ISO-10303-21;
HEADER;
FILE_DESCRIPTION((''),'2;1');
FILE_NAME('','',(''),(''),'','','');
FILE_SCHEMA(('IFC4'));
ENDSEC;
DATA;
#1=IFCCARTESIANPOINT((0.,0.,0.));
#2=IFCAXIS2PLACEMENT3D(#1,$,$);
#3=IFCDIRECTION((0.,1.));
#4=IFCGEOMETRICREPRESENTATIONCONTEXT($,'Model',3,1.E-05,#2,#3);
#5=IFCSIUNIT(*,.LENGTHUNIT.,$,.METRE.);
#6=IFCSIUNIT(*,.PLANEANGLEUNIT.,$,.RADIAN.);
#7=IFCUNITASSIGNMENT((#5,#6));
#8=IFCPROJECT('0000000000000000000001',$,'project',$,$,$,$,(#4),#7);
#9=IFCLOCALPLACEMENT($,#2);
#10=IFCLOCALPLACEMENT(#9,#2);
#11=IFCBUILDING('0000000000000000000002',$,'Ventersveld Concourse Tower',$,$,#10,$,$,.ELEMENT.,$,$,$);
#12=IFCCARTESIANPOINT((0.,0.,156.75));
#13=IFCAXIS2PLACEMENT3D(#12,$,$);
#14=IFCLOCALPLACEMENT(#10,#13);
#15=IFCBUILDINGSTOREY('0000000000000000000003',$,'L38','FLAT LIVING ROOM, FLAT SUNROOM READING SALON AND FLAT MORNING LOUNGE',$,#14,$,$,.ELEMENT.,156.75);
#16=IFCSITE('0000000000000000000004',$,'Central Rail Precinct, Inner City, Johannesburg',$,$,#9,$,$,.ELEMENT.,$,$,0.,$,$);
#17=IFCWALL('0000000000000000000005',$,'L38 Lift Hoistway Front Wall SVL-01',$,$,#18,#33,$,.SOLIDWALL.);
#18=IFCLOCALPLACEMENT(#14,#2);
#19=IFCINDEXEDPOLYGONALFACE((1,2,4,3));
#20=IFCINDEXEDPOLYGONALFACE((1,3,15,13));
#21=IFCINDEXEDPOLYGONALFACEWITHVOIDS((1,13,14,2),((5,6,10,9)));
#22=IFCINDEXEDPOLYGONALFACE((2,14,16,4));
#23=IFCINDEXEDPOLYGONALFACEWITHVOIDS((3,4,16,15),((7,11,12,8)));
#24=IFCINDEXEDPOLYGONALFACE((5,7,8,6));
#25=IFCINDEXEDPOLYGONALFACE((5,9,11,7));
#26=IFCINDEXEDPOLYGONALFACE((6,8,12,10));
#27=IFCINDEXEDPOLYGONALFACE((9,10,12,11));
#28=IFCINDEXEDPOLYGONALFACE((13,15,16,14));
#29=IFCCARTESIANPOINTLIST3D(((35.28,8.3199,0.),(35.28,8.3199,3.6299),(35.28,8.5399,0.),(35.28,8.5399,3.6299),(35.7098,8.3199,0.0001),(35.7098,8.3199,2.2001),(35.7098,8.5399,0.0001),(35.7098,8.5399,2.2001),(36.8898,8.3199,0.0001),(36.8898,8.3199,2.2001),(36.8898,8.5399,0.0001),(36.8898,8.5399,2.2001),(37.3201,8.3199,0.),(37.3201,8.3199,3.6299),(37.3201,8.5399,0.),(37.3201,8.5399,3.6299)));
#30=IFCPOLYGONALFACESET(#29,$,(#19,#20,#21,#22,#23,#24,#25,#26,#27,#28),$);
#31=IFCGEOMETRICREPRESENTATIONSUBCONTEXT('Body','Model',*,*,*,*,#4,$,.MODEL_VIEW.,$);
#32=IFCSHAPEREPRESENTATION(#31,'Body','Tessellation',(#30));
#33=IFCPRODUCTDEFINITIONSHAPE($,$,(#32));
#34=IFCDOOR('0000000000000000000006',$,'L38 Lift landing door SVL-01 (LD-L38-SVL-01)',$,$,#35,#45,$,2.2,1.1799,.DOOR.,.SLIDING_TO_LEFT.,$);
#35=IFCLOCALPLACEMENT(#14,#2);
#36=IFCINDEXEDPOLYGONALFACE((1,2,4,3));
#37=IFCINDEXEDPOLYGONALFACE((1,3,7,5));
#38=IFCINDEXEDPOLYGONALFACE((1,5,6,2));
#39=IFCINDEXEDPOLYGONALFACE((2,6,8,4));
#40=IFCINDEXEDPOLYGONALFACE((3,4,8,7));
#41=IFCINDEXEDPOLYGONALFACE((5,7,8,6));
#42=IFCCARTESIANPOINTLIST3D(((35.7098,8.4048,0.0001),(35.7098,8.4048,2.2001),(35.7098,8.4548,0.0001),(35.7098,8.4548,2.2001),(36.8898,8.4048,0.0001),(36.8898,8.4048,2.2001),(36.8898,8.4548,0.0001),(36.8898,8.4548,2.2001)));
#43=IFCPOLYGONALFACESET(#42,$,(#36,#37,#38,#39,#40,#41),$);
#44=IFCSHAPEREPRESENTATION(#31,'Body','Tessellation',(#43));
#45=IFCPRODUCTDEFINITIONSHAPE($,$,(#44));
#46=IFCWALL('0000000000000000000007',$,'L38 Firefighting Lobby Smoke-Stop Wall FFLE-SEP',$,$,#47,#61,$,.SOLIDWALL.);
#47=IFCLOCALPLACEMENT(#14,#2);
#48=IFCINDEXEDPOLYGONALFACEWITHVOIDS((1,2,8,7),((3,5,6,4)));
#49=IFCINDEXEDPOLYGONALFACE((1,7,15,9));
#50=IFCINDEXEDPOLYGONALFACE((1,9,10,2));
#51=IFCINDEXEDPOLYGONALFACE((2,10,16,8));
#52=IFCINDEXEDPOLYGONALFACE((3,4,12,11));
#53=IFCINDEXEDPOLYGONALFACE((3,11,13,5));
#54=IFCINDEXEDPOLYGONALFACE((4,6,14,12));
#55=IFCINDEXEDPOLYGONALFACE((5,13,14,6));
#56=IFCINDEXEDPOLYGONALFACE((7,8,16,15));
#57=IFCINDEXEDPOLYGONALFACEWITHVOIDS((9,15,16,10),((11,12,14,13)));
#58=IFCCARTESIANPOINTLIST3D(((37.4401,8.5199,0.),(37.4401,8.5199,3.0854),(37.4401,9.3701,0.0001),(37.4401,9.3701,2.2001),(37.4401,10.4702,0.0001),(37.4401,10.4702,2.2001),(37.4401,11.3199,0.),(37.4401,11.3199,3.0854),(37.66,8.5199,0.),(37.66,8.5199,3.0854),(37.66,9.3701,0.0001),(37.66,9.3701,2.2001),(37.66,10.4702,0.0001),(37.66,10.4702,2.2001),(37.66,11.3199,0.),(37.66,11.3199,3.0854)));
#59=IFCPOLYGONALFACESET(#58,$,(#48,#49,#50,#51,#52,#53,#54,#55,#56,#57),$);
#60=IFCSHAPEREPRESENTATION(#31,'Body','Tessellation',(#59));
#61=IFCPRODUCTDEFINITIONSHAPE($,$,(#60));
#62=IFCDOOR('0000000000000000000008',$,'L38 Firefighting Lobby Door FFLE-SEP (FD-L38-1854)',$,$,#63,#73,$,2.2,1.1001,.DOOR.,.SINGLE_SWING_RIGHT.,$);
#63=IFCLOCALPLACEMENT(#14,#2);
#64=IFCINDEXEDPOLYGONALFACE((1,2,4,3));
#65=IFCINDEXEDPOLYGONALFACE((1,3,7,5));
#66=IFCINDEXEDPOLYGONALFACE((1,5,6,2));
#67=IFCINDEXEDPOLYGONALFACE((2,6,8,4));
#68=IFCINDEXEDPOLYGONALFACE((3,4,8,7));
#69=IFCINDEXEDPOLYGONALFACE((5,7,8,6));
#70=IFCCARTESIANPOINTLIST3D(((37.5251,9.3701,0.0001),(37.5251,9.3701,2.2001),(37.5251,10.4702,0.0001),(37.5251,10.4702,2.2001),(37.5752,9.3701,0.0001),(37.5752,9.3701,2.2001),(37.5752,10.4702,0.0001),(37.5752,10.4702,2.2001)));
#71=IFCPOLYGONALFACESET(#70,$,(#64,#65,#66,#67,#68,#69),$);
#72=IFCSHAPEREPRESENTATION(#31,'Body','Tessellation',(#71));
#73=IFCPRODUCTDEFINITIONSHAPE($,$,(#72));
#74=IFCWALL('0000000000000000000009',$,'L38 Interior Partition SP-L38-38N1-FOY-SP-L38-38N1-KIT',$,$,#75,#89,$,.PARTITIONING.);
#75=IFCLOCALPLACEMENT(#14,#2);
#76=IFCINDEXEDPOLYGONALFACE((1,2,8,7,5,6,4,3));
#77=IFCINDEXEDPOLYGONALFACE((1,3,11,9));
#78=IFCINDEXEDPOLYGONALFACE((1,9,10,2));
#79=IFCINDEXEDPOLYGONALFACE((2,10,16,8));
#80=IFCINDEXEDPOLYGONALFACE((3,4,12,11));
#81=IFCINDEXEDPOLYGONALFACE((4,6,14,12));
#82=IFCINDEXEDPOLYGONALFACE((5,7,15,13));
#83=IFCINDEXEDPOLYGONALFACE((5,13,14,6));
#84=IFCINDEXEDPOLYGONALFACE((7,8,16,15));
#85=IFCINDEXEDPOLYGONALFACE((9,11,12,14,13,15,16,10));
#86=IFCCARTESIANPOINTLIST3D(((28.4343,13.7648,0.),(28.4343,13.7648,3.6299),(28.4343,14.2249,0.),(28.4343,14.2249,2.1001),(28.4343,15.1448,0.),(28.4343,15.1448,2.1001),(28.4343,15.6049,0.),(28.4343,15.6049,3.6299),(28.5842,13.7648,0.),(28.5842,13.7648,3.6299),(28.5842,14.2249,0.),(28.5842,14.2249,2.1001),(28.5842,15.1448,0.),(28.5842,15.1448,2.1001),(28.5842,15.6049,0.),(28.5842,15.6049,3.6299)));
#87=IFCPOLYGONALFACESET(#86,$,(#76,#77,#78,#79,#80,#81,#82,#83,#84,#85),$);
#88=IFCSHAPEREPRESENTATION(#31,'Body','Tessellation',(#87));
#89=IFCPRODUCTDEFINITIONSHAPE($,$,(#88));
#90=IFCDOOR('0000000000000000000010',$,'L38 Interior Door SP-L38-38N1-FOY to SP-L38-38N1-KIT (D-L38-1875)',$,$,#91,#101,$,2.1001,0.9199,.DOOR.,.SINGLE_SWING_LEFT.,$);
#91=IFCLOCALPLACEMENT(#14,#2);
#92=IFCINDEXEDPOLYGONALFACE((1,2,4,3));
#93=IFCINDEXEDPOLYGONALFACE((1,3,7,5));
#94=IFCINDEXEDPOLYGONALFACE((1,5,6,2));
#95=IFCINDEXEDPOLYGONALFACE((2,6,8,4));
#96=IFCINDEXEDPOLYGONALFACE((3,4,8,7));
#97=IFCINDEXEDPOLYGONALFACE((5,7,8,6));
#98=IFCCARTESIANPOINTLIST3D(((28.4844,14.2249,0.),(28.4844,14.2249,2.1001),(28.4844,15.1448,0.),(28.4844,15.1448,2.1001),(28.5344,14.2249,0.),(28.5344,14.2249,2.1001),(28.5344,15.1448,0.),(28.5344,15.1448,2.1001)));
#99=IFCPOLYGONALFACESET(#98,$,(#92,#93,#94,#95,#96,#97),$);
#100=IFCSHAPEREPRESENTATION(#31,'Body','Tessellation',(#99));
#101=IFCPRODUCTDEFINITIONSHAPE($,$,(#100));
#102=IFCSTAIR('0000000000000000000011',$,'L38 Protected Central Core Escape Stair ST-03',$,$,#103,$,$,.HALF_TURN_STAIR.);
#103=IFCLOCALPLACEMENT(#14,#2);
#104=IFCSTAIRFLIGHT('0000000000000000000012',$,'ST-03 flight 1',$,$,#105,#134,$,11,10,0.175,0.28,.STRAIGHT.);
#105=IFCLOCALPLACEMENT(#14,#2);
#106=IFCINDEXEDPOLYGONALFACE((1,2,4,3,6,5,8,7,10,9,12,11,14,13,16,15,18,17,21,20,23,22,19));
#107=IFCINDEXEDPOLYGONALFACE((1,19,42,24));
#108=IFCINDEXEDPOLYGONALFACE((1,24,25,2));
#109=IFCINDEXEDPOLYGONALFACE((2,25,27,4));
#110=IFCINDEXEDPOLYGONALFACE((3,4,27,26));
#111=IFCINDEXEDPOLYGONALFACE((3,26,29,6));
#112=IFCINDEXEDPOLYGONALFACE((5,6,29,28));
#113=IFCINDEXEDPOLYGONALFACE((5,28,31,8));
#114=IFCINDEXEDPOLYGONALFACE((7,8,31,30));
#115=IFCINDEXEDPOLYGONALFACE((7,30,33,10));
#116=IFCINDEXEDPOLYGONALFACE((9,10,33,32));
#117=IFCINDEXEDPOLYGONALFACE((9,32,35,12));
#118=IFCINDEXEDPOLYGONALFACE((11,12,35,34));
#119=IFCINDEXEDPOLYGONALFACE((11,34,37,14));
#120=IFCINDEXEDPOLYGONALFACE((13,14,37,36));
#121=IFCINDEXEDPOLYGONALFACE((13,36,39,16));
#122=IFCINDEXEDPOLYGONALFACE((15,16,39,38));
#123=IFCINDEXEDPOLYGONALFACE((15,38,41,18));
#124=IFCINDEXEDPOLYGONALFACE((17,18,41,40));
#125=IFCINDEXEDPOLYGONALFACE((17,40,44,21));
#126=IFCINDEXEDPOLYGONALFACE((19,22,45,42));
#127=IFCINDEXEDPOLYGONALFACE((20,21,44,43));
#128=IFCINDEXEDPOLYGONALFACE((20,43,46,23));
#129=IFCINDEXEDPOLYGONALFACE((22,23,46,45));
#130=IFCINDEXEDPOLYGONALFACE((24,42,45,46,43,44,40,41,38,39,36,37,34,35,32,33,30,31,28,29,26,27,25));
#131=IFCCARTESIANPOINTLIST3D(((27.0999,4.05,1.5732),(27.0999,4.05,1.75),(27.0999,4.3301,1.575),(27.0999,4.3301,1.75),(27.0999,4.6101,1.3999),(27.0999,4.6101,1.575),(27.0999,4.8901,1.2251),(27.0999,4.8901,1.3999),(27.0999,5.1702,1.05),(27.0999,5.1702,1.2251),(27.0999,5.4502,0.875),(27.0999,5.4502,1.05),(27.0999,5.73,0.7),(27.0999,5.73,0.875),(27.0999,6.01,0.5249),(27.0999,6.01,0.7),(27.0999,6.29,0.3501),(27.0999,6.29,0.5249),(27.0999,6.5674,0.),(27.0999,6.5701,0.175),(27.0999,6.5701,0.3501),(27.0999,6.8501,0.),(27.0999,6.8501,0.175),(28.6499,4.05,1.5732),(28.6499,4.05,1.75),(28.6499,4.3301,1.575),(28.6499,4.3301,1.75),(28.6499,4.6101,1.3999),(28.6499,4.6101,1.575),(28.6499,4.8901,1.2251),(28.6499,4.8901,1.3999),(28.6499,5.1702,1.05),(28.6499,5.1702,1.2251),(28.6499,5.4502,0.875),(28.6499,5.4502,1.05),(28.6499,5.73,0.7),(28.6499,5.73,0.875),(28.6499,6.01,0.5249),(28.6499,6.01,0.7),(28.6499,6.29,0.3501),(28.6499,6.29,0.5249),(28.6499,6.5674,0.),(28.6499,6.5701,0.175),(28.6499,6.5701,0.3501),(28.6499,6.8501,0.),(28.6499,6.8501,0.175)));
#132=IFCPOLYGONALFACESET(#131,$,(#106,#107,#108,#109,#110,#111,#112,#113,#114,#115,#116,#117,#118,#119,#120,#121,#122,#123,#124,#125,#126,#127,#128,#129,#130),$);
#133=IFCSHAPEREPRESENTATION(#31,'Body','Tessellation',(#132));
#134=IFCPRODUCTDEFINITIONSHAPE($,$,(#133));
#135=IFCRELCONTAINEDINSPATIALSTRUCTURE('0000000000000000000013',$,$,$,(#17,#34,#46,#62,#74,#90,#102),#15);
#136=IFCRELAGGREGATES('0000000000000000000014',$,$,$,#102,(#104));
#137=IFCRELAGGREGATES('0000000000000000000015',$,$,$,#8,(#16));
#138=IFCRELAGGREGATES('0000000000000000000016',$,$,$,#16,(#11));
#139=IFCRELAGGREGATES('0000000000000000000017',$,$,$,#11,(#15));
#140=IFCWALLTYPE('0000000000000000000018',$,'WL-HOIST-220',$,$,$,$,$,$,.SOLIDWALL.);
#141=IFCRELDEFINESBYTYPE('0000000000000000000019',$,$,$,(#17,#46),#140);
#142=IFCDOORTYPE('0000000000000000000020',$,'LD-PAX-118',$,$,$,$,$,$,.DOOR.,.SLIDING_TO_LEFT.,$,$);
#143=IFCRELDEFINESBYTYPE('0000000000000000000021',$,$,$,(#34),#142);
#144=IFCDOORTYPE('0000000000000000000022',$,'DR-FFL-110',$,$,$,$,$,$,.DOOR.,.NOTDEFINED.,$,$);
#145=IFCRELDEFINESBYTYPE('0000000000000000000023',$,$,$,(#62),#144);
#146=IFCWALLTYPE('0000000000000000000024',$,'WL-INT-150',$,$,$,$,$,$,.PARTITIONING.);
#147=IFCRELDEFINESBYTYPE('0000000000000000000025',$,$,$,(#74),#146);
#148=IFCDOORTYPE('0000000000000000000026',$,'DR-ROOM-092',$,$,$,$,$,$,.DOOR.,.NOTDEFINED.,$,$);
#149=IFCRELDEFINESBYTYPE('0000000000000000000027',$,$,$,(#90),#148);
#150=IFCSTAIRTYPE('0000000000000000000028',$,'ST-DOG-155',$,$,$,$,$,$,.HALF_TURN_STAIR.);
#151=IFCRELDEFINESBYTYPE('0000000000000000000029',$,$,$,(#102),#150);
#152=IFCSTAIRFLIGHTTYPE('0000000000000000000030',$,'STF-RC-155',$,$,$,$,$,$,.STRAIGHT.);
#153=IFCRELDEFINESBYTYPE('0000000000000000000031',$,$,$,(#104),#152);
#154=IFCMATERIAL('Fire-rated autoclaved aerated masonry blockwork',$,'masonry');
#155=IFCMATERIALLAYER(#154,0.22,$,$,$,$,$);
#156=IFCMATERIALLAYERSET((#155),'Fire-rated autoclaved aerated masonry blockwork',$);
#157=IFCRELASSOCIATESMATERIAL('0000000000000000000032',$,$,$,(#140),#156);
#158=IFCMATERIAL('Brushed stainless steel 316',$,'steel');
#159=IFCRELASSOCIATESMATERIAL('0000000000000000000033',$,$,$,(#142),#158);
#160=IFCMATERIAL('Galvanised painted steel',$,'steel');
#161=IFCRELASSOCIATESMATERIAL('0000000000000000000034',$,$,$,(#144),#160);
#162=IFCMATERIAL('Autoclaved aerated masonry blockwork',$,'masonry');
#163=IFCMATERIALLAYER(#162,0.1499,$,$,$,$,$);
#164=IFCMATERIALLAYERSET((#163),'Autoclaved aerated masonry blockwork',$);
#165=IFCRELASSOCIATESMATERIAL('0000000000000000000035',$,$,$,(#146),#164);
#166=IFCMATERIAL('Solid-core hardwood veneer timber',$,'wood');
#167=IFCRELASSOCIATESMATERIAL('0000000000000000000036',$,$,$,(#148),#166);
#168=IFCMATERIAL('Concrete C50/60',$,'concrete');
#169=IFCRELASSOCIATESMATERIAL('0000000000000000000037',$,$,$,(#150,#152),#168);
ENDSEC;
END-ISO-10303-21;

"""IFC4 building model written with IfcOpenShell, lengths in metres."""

from ifc_helpers import new_model, si_unit, direction, frame, frame_2d, origin, place, context, subcontext, project, spatial, polyline, rectangle, outline, extrude, material, layer, layer_set, type_object, element, fill, aggregate, save


model = new_model("IFC4")

# Units and contexts
model_context = context("Model", 3, precision=1e-05, world=origin(), true_north=direction((0.0, 1.0)))
body_context = subcontext(model_context, "Body", "Model", "MODEL_VIEW")
ifc_project = project(units=[si_unit("LENGTHUNIT", "METRE"), si_unit("PLANEANGLEUNIT", "RADIAN")], contexts=[model_context])

# Site, building, storey
site_placement = place(None, origin())
site = spatial("IfcSite", under=ifc_project, at=site_placement, Name="Central Rail Precinct, Inner City, Johannesburg", CompositionType="ELEMENT", RefElevation=0.0)
building_placement = place(site_placement, origin())
building = spatial("IfcBuilding", under=site, at=building_placement, Name="Ventersveld Concourse Tower", CompositionType="ELEMENT")
storey_placement = place(building_placement, frame((0.0, 0.0, 156.75)))
storey = spatial("IfcBuildingStorey", under=building, at=storey_placement, Name="L38", Description="FLAT LIVING ROOM, FLAT SUNROOM READING SALON AND FLAT MORNING LOUNGE", CompositionType="ELEMENT", Elevation=156.75)

# Shared definitions
ifc_material_1 = material(Name="Concrete C50/60", Category="concrete")

# Shared definitions
ifc_material_2 = material(Name="Fire-rated autoclaved aerated masonry blockwork", Category="masonry")
ifc_material_3 = material(Name="Solid-core hardwood veneer timber", Category="wood")

# Shared definitions
ifc_layer_1 = layer(ifc_material_2, 0.22)
ifc_layer_set_1 = layer_set([ifc_layer_1], Name="Fire-rated autoclaved aerated masonry blockwork")
wall_type_1 = type_object("IfcWallType", Name="WL-HOIST-220", PredefinedType="SOLIDWALL", material=ifc_layer_set_1)

# Walls, openings, doors
wall_1_placement = place(storey_placement, frame((35.28, 8.4299, 0.0), z_axis=(0.0, 0.0, 1.0), x_axis=(1.0, 0.0, 0.0)))
wall_1 = element("IfcWall", 1, at=wall_1_placement, inside=storey, type_object=wall_type_1, Name="L38 Lift Hoistway Front Wall SVL-01", PredefinedType="SOLIDWALL", context=body_context, shape_type="SweptSolid", body=[
    extrude(rectangle(XDim=2.04, YDim=0.22, at=frame_2d((1.02, 0.0))), origin(), (0.0, 0.0, 1.0), 3.6299),
])
opening_1_placement = place(wall_1_placement, frame((0.4299, 0.0, 0.0)))
opening_1 = element("IfcOpeningElement", 2, at=opening_1_placement, cuts=wall_1, PredefinedType="OPENING", context=body_context, shape_type="SweptSolid", body=[
    extrude(rectangle(XDim=1.1799, YDim=2.2, at=frame_2d((0.5898, 1.1001))), frame((0.0, 0.1201, 0.0), z_axis=(0.0, -1.0, 0.0), x_axis=(1.0, 0.0, 0.0)), (0.0, 0.0, 1.0), 0.24),
])
ifc_material_4 = material(Name="Brushed stainless steel 316", Category="steel")
door_type_1 = type_object("IfcDoorType", Name="LD-PAX-118", OperationType="SLIDING_TO_LEFT", PredefinedType="DOOR", material=ifc_material_4)
door_1_placement = place(opening_1_placement, origin())
door_1 = element("IfcDoor", 3, at=door_1_placement, inside=storey, type_object=door_type_1, Name="L38 Lift landing door SVL-01 (LD-L38-SVL-01)", OperationType="SLIDING_TO_LEFT", OverallHeight=2.2, OverallWidth=1.1799, PredefinedType="DOOR", context=body_context, shape_type="SweptSolid", body=[
    extrude(rectangle(XDim=1.1799, YDim=2.2, at=frame_2d((0.5898, 1.1001))), frame((0.0, 0.0249, 0.0), z_axis=(0.0, -1.0, 0.0), x_axis=(1.0, 0.0, 0.0)), (0.0, 0.0, 1.0), 0.05),
])
fill(opening_1, door_1)
wall_2_placement = place(storey_placement, frame((37.55, 8.52, 0.0), z_axis=(0.0, 0.0, 1.0), x_axis=(0.0, 1.0, 0.0)))
wall_2 = element("IfcWall", 4, at=wall_2_placement, inside=storey, type_object=wall_type_1, Name="L38 Firefighting Lobby Smoke-Stop Wall FFLE-SEP", PredefinedType="SOLIDWALL", context=body_context, shape_type="SweptSolid", body=[
    extrude(rectangle(XDim=2.8, YDim=0.22, at=frame_2d((1.3999, 0.0))), origin(), (0.0, 0.0, 1.0), 3.0854),
])
opening_2_placement = place(wall_2_placement, frame((0.8501, 0.0, 0.0)))
opening_2 = element("IfcOpeningElement", 5, at=opening_2_placement, cuts=wall_2, PredefinedType="OPENING", context=body_context, shape_type="SweptSolid", body=[
    extrude(rectangle(XDim=1.1001, YDim=2.2, at=frame_2d((0.55, 1.1001))), frame((0.0, 0.1201, 0.0), z_axis=(0.0, -1.0, 0.0), x_axis=(1.0, 0.0, 0.0)), (0.0, 0.0, 1.0), 0.24),
])
ifc_material_5 = material(Name="Galvanised painted steel", Category="steel")
door_type_2 = type_object("IfcDoorType", Name="DR-FFL-110", OperationType="NOTDEFINED", PredefinedType="DOOR", material=ifc_material_5)
door_2_placement = place(opening_2_placement, origin())
door_2 = element("IfcDoor", 6, at=door_2_placement, inside=storey, type_object=door_type_2, Name="L38 Firefighting Lobby Door FFLE-SEP (FD-L38-1854)", OperationType="SINGLE_SWING_RIGHT", OverallHeight=2.2, OverallWidth=1.1001, PredefinedType="DOOR", context=body_context, shape_type="SweptSolid", body=[
    extrude(rectangle(XDim=1.1001, YDim=2.2, at=frame_2d((0.55, 1.1001))), frame((0.0, 0.0249, 0.0), z_axis=(0.0, -1.0, 0.0), x_axis=(1.0, 0.0, 0.0)), (0.0, 0.0, 1.0), 0.05),
])
fill(opening_2, door_2)
ifc_material_6 = material(Name="Autoclaved aerated masonry blockwork", Category="masonry")
ifc_layer_2 = layer(ifc_material_6, 0.1499)
ifc_layer_set_2 = layer_set([ifc_layer_2], Name="Autoclaved aerated masonry blockwork")
wall_type_2 = type_object("IfcWallType", Name="WL-INT-150", PredefinedType="PARTITIONING", material=ifc_layer_set_2)
wall_3_placement = place(storey_placement, frame((28.5093, 13.7649, 0.0), z_axis=(0.0, 0.0, 1.0), x_axis=(0.0, 1.0, 0.0)))
wall_3 = element("IfcWall", 7, at=wall_3_placement, inside=storey, type_object=wall_type_2, Name="L38 Interior Partition SP-L38-38N1-FOY-SP-L38-38N1-KIT", PredefinedType="PARTITIONING", context=body_context, shape_type="SweptSolid", body=[
    extrude(rectangle(XDim=1.8401, YDim=0.1499, at=frame_2d((0.9199, 0.0))), origin(), (0.0, 0.0, 1.0), 3.6299),
])
opening_3_placement = place(wall_3_placement, frame((0.46, 0.0, 0.0)))
opening_3 = element("IfcOpeningElement", 8, at=opening_3_placement, cuts=wall_3, PredefinedType="OPENING", context=body_context, shape_type="SweptSolid", body=[
    extrude(rectangle(XDim=0.9199, YDim=2.1001, at=frame_2d((0.46, 1.05))), frame((0.0, 0.085, 0.0), z_axis=(0.0, -1.0, 0.0), x_axis=(1.0, 0.0, 0.0)), (0.0, 0.0, 1.0), 0.1699),
])
door_type_3 = type_object("IfcDoorType", Name="DR-ROOM-092", OperationType="NOTDEFINED", PredefinedType="DOOR", material=ifc_material_3)
door_3_placement = place(opening_3_placement, origin())
door_3 = element("IfcDoor", 9, at=door_3_placement, inside=storey, type_object=door_type_3, Name="L38 Interior Door SP-L38-38N1-FOY to SP-L38-38N1-KIT (D-L38-1875)", OperationType="SINGLE_SWING_LEFT", OverallHeight=2.1001, OverallWidth=0.9199, PredefinedType="DOOR", context=body_context, shape_type="SweptSolid", body=[
    extrude(rectangle(XDim=0.9199, YDim=2.1001, at=frame_2d((0.46, 1.05))), frame((0.0, 0.0249, 0.0), z_axis=(0.0, -1.0, 0.0), x_axis=(1.0, 0.0, 0.0)), (0.0, 0.0, 1.0), 0.05),
])
fill(opening_3, door_3)

# Stair, stair flight
stair_type = type_object("IfcStairType", Name="ST-DOG-155", PredefinedType="HALF_TURN_STAIR", material=ifc_material_1)
stair_placement = place(storey_placement, origin())
stair = element("IfcStair", 10, at=stair_placement, inside=storey, type_object=stair_type, Name="L38 Protected Central Core Escape Stair ST-03", PredefinedType="HALF_TURN_STAIR")
stair_flight_type = type_object("IfcStairFlightType", Name="STF-RC-155", PredefinedType="STRAIGHT", material=ifc_material_1)
stair_flight_placement = place(storey_placement, frame((27.875, 6.8501, 0.0), z_axis=(0.0, 0.0, 1.0), x_axis=(0.0, -1.0, 0.0)))
stair_flight = element("IfcStairFlight", 11, at=stair_flight_placement, type_object=stair_flight_type, Name="ST-03 flight 1", NumberOfRisers=11, NumberOfTreads=10, PredefinedType="STRAIGHT", RiserHeight=0.175, TreadLength=0.28, context=body_context, shape_type="SweptSolid", body=[
    extrude(outline(polyline([(0.0, 0.0), (0.0, 0.175), (0.28, 0.175), (0.28, 0.3501), (0.5601, 0.3501), (0.5601, 0.5249), (0.8401, 0.5249), (0.8401, 0.7), (1.1201, 0.7), (1.1201, 0.875), (1.3999, 0.875), (1.3999, 1.05), (1.6799, 1.05), (1.6799, 1.2251), (1.96, 1.2251), (1.96, 1.3999), (2.24, 1.3999), (2.24, 1.575), (2.52, 1.575), (2.52, 1.75), (2.8, 1.75), (2.8, 1.925), (2.8, 1.5732), (0.2827, 0.0), (0.0, 0.0)])), frame((0.0, 0.7749, 0.0), z_axis=(0.0, -1.0, 0.0), x_axis=(1.0, 0.0, 0.0)), (0.0, 0.0, 1.0), 1.55),
])
aggregate(stair, [stair_flight])

save(model, "model.ifc")
